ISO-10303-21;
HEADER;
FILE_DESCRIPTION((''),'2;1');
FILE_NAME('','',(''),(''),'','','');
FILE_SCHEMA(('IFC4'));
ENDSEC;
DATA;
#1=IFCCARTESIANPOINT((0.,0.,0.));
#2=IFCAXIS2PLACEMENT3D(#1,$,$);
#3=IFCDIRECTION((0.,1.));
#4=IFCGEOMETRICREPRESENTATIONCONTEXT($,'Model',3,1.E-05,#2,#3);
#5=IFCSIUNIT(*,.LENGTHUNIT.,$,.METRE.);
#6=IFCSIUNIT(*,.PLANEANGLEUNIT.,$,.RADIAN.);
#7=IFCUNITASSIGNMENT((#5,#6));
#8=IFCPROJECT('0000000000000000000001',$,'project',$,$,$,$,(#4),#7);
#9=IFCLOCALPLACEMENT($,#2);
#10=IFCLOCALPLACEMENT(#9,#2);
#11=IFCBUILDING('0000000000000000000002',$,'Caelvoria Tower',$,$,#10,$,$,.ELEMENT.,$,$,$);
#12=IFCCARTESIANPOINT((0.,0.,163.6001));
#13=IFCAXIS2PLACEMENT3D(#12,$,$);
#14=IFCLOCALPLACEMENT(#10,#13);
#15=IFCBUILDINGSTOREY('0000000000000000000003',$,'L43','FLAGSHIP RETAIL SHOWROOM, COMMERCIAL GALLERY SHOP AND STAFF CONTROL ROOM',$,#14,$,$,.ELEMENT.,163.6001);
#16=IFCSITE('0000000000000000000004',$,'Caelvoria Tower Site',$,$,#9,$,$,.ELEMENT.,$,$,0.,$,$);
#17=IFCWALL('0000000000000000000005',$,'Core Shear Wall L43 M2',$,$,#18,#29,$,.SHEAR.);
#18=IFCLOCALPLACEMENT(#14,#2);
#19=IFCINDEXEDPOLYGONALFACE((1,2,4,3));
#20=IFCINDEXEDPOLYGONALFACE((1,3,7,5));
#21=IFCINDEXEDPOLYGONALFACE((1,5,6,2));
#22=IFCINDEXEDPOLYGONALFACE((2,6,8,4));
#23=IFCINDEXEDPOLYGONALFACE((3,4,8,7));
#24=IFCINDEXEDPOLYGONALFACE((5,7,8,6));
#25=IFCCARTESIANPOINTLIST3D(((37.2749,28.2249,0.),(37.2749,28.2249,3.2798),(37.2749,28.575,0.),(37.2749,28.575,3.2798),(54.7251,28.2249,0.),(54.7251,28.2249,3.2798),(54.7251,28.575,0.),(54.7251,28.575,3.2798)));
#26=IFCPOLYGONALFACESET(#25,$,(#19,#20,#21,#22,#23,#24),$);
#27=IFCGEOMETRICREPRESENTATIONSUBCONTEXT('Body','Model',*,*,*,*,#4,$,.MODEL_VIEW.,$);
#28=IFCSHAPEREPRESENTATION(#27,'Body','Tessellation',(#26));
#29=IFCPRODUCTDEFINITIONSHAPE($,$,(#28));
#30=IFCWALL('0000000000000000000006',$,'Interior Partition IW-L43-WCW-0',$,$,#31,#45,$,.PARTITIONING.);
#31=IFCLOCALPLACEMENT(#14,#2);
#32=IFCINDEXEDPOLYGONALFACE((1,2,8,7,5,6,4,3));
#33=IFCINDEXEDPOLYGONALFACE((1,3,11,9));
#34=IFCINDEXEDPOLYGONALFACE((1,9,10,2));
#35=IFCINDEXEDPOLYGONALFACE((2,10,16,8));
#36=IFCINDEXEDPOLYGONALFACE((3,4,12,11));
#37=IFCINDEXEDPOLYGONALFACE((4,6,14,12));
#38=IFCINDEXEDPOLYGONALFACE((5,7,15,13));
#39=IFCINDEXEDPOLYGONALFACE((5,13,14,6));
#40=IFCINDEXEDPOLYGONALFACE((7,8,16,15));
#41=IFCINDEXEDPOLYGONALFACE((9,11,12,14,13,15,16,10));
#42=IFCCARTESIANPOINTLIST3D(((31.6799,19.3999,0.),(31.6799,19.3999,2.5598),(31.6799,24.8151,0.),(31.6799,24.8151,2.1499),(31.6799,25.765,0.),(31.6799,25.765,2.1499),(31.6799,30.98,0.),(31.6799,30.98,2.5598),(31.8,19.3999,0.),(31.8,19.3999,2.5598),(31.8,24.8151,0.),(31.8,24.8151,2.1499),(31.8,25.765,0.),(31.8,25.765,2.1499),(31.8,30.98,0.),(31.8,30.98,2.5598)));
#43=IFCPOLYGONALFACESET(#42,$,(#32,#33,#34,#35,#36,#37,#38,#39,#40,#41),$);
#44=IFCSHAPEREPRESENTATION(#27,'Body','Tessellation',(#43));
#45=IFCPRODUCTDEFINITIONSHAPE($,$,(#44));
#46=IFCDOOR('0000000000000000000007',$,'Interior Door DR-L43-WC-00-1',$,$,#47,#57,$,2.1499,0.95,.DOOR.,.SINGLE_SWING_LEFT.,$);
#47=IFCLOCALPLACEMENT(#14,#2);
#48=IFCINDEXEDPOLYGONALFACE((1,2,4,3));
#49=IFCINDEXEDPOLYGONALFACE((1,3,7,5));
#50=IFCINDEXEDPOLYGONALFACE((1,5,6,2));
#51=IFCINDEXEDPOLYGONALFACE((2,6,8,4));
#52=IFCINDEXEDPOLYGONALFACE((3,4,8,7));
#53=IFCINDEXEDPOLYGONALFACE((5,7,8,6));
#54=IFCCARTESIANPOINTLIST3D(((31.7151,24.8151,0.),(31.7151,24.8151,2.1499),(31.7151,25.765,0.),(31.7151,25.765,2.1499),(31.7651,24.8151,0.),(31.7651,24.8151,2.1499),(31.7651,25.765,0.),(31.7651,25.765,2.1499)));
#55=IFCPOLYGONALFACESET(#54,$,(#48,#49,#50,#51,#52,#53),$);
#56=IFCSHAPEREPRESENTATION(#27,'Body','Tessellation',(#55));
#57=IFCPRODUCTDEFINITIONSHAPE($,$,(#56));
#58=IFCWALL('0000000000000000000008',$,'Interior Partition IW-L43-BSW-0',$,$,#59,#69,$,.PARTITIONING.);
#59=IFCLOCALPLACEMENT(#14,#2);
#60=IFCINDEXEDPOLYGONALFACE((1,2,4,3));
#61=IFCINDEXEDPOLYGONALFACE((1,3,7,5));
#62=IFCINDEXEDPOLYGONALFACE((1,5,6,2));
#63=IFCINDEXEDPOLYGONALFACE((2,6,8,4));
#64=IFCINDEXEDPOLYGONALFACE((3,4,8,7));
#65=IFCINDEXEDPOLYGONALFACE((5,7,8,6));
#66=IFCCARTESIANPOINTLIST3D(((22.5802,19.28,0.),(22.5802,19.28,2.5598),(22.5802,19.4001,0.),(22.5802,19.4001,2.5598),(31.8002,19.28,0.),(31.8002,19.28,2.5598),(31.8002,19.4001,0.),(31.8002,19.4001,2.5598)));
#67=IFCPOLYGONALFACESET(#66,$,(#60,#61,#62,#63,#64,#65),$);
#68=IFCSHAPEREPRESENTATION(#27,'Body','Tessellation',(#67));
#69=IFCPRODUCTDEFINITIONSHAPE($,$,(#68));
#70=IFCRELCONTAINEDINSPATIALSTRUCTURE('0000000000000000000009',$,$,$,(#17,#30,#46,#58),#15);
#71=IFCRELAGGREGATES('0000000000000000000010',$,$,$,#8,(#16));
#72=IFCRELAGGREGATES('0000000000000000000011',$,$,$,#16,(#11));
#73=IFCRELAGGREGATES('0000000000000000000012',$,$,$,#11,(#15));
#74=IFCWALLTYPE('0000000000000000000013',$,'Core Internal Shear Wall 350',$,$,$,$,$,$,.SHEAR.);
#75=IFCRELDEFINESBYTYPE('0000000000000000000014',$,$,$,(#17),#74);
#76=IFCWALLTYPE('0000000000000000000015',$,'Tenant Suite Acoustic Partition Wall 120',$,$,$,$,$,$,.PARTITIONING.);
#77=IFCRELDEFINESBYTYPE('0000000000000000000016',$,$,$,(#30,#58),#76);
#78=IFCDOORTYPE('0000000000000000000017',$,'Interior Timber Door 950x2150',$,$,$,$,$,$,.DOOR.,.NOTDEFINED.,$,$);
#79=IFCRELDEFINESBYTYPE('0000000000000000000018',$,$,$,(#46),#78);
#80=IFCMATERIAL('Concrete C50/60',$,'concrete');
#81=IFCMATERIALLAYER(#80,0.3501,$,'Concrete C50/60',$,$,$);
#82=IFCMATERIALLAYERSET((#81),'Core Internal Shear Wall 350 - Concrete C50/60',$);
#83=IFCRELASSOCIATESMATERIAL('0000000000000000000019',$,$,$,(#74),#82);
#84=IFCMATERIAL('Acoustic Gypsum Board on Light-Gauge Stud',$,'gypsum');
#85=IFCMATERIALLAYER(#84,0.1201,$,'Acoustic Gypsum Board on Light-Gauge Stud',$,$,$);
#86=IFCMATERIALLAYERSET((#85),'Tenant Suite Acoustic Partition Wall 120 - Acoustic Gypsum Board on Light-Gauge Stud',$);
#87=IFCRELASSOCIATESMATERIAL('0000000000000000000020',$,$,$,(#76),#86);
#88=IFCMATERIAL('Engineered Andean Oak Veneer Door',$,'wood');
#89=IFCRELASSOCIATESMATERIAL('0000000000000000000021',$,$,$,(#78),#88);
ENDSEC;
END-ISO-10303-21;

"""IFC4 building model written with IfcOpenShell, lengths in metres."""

from ifc_helpers import new_model, si_unit, direction, frame, frame_2d, origin, place, context, subcontext, project, spatial, rectangle, extrude, material, layer, layer_set, type_object, element, fill, save


model = new_model("IFC4")

# Units and contexts
model_context = context("Model", 3, precision=1e-05, world=origin(), true_north=direction((0.0, 1.0)))
body_context = subcontext(model_context, "Body", "Model", "MODEL_VIEW")
ifc_project = project(units=[si_unit("LENGTHUNIT", "METRE"), si_unit("PLANEANGLEUNIT", "RADIAN")], contexts=[model_context])

# Site, building, storey
site_placement = place(None, origin())
site = spatial("IfcSite", under=ifc_project, at=site_placement, Name="Caelvoria Tower Site", CompositionType="ELEMENT", RefElevation=0.0)
building_placement = place(site_placement, origin())
building = spatial("IfcBuilding", under=site, at=building_placement, Name="Caelvoria Tower", CompositionType="ELEMENT")
storey_placement = place(building_placement, frame((0.0, 0.0, 163.6001)))
storey = spatial("IfcBuildingStorey", under=building, at=storey_placement, Name="L43", Description="FLAGSHIP RETAIL SHOWROOM, COMMERCIAL GALLERY SHOP AND STAFF CONTROL ROOM", CompositionType="ELEMENT", Elevation=163.6001)

# Shared definitions
ifc_material_1 = material(Name="Concrete C50/60", Category="concrete")
ifc_layer_1 = layer(ifc_material_1, 0.3501, Name="Concrete C50/60")
ifc_layer_set_1 = layer_set([ifc_layer_1], Name="Core Internal Shear Wall 350 - Concrete C50/60")
wall_type_1 = type_object("IfcWallType", Name="Core Internal Shear Wall 350", PredefinedType="SHEAR", material=ifc_layer_set_1)

# Wall
wall_1_placement = place(storey_placement, frame((37.2749, 28.3999, 0.0), z_axis=(0.0, 0.0, 1.0), x_axis=(1.0, 0.0, 0.0)))
element("IfcWall", 1, at=wall_1_placement, inside=storey, type_object=wall_type_1, Name="Core Shear Wall L43 M2", PredefinedType="SHEAR", context=body_context, shape_type="SweptSolid", body=[
    extrude(rectangle(XDim=17.4502, YDim=0.3501, at=frame_2d((8.7251, 0.0))), origin(), (0.0, 0.0, 1.0), 3.2798),
])

# Wall, opening, door
ifc_material_2 = material(Name="Acoustic Gypsum Board on Light-Gauge Stud", Category="gypsum")
ifc_layer_2 = layer(ifc_material_2, 0.1201, Name="Acoustic Gypsum Board on Light-Gauge Stud")
ifc_layer_set_2 = layer_set([ifc_layer_2], Name="Tenant Suite Acoustic Partition Wall 120 - Acoustic Gypsum Board on Light-Gauge Stud")
wall_type_2 = type_object("IfcWallType", Name="Tenant Suite Acoustic Partition Wall 120", PredefinedType="PARTITIONING", material=ifc_layer_set_2)
wall_2_placement = place(storey_placement, frame((31.74, 19.3999, 0.0), z_axis=(0.0, 0.0, 1.0), x_axis=(0.0, 1.0, 0.0)))
wall_2 = element("IfcWall", 2, at=wall_2_placement, inside=storey, type_object=wall_type_2, Name="Interior Partition IW-L43-WCW-0", PredefinedType="PARTITIONING", context=body_context, shape_type="SweptSolid", body=[
    extrude(rectangle(XDim=11.5801, YDim=0.1201, at=frame_2d((5.79, 0.0))), origin(), (0.0, 0.0, 1.0), 2.5598),
])
opening_1_placement = place(wall_2_placement, frame((5.415, 0.0, 0.0)))
opening_1 = element("IfcOpeningElement", 3, at=opening_1_placement, cuts=wall_2, PredefinedType="OPENING", context=body_context, shape_type="SweptSolid", body=[
    extrude(rectangle(XDim=0.95, YDim=2.1499, at=frame_2d((0.4751, 1.075))), frame((0.0, 0.0701, 0.0), z_axis=(0.0, -1.0, 0.0), x_axis=(1.0, 0.0, 0.0)), (0.0, 0.0, 1.0), 0.1401),
])
ifc_material_3 = material(Name="Engineered Andean Oak Veneer Door", Category="wood")
door_type_1 = type_object("IfcDoorType", Name="Interior Timber Door 950x2150", OperationType="NOTDEFINED", PredefinedType="DOOR", material=ifc_material_3)
door_1_placement = place(opening_1_placement, origin())
door_1 = element("IfcDoor", 4, at=door_1_placement, inside=storey, type_object=door_type_1, Name="Interior Door DR-L43-WC-00-1", OperationType="SINGLE_SWING_LEFT", OverallHeight=2.1499, OverallWidth=0.95, PredefinedType="DOOR", context=body_context, shape_type="SweptSolid", body=[
    extrude(rectangle(XDim=0.95, YDim=2.1499, at=frame_2d((0.4751, 1.075))), frame((0.0, 0.0249, 0.0), z_axis=(0.0, -1.0, 0.0), x_axis=(1.0, 0.0, 0.0)), (0.0, 0.0, 1.0), 0.05),
])
fill(opening_1, door_1)

# Wall
wall_3_placement = place(storey_placement, frame((31.8, 19.3401, 0.0), z_axis=(0.0, 0.0, 1.0), x_axis=(-1.0, 0.0, 0.0)))
element("IfcWall", 5, at=wall_3_placement, inside=storey, type_object=wall_type_2, Name="Interior Partition IW-L43-BSW-0", PredefinedType="PARTITIONING", context=body_context, shape_type="SweptSolid", body=[
    extrude(rectangle(XDim=9.22, YDim=0.1201, at=frame_2d((4.6099, 0.0))), origin(), (0.0, 0.0, 1.0), 2.5598),
])

save(model, "model.ifc")
